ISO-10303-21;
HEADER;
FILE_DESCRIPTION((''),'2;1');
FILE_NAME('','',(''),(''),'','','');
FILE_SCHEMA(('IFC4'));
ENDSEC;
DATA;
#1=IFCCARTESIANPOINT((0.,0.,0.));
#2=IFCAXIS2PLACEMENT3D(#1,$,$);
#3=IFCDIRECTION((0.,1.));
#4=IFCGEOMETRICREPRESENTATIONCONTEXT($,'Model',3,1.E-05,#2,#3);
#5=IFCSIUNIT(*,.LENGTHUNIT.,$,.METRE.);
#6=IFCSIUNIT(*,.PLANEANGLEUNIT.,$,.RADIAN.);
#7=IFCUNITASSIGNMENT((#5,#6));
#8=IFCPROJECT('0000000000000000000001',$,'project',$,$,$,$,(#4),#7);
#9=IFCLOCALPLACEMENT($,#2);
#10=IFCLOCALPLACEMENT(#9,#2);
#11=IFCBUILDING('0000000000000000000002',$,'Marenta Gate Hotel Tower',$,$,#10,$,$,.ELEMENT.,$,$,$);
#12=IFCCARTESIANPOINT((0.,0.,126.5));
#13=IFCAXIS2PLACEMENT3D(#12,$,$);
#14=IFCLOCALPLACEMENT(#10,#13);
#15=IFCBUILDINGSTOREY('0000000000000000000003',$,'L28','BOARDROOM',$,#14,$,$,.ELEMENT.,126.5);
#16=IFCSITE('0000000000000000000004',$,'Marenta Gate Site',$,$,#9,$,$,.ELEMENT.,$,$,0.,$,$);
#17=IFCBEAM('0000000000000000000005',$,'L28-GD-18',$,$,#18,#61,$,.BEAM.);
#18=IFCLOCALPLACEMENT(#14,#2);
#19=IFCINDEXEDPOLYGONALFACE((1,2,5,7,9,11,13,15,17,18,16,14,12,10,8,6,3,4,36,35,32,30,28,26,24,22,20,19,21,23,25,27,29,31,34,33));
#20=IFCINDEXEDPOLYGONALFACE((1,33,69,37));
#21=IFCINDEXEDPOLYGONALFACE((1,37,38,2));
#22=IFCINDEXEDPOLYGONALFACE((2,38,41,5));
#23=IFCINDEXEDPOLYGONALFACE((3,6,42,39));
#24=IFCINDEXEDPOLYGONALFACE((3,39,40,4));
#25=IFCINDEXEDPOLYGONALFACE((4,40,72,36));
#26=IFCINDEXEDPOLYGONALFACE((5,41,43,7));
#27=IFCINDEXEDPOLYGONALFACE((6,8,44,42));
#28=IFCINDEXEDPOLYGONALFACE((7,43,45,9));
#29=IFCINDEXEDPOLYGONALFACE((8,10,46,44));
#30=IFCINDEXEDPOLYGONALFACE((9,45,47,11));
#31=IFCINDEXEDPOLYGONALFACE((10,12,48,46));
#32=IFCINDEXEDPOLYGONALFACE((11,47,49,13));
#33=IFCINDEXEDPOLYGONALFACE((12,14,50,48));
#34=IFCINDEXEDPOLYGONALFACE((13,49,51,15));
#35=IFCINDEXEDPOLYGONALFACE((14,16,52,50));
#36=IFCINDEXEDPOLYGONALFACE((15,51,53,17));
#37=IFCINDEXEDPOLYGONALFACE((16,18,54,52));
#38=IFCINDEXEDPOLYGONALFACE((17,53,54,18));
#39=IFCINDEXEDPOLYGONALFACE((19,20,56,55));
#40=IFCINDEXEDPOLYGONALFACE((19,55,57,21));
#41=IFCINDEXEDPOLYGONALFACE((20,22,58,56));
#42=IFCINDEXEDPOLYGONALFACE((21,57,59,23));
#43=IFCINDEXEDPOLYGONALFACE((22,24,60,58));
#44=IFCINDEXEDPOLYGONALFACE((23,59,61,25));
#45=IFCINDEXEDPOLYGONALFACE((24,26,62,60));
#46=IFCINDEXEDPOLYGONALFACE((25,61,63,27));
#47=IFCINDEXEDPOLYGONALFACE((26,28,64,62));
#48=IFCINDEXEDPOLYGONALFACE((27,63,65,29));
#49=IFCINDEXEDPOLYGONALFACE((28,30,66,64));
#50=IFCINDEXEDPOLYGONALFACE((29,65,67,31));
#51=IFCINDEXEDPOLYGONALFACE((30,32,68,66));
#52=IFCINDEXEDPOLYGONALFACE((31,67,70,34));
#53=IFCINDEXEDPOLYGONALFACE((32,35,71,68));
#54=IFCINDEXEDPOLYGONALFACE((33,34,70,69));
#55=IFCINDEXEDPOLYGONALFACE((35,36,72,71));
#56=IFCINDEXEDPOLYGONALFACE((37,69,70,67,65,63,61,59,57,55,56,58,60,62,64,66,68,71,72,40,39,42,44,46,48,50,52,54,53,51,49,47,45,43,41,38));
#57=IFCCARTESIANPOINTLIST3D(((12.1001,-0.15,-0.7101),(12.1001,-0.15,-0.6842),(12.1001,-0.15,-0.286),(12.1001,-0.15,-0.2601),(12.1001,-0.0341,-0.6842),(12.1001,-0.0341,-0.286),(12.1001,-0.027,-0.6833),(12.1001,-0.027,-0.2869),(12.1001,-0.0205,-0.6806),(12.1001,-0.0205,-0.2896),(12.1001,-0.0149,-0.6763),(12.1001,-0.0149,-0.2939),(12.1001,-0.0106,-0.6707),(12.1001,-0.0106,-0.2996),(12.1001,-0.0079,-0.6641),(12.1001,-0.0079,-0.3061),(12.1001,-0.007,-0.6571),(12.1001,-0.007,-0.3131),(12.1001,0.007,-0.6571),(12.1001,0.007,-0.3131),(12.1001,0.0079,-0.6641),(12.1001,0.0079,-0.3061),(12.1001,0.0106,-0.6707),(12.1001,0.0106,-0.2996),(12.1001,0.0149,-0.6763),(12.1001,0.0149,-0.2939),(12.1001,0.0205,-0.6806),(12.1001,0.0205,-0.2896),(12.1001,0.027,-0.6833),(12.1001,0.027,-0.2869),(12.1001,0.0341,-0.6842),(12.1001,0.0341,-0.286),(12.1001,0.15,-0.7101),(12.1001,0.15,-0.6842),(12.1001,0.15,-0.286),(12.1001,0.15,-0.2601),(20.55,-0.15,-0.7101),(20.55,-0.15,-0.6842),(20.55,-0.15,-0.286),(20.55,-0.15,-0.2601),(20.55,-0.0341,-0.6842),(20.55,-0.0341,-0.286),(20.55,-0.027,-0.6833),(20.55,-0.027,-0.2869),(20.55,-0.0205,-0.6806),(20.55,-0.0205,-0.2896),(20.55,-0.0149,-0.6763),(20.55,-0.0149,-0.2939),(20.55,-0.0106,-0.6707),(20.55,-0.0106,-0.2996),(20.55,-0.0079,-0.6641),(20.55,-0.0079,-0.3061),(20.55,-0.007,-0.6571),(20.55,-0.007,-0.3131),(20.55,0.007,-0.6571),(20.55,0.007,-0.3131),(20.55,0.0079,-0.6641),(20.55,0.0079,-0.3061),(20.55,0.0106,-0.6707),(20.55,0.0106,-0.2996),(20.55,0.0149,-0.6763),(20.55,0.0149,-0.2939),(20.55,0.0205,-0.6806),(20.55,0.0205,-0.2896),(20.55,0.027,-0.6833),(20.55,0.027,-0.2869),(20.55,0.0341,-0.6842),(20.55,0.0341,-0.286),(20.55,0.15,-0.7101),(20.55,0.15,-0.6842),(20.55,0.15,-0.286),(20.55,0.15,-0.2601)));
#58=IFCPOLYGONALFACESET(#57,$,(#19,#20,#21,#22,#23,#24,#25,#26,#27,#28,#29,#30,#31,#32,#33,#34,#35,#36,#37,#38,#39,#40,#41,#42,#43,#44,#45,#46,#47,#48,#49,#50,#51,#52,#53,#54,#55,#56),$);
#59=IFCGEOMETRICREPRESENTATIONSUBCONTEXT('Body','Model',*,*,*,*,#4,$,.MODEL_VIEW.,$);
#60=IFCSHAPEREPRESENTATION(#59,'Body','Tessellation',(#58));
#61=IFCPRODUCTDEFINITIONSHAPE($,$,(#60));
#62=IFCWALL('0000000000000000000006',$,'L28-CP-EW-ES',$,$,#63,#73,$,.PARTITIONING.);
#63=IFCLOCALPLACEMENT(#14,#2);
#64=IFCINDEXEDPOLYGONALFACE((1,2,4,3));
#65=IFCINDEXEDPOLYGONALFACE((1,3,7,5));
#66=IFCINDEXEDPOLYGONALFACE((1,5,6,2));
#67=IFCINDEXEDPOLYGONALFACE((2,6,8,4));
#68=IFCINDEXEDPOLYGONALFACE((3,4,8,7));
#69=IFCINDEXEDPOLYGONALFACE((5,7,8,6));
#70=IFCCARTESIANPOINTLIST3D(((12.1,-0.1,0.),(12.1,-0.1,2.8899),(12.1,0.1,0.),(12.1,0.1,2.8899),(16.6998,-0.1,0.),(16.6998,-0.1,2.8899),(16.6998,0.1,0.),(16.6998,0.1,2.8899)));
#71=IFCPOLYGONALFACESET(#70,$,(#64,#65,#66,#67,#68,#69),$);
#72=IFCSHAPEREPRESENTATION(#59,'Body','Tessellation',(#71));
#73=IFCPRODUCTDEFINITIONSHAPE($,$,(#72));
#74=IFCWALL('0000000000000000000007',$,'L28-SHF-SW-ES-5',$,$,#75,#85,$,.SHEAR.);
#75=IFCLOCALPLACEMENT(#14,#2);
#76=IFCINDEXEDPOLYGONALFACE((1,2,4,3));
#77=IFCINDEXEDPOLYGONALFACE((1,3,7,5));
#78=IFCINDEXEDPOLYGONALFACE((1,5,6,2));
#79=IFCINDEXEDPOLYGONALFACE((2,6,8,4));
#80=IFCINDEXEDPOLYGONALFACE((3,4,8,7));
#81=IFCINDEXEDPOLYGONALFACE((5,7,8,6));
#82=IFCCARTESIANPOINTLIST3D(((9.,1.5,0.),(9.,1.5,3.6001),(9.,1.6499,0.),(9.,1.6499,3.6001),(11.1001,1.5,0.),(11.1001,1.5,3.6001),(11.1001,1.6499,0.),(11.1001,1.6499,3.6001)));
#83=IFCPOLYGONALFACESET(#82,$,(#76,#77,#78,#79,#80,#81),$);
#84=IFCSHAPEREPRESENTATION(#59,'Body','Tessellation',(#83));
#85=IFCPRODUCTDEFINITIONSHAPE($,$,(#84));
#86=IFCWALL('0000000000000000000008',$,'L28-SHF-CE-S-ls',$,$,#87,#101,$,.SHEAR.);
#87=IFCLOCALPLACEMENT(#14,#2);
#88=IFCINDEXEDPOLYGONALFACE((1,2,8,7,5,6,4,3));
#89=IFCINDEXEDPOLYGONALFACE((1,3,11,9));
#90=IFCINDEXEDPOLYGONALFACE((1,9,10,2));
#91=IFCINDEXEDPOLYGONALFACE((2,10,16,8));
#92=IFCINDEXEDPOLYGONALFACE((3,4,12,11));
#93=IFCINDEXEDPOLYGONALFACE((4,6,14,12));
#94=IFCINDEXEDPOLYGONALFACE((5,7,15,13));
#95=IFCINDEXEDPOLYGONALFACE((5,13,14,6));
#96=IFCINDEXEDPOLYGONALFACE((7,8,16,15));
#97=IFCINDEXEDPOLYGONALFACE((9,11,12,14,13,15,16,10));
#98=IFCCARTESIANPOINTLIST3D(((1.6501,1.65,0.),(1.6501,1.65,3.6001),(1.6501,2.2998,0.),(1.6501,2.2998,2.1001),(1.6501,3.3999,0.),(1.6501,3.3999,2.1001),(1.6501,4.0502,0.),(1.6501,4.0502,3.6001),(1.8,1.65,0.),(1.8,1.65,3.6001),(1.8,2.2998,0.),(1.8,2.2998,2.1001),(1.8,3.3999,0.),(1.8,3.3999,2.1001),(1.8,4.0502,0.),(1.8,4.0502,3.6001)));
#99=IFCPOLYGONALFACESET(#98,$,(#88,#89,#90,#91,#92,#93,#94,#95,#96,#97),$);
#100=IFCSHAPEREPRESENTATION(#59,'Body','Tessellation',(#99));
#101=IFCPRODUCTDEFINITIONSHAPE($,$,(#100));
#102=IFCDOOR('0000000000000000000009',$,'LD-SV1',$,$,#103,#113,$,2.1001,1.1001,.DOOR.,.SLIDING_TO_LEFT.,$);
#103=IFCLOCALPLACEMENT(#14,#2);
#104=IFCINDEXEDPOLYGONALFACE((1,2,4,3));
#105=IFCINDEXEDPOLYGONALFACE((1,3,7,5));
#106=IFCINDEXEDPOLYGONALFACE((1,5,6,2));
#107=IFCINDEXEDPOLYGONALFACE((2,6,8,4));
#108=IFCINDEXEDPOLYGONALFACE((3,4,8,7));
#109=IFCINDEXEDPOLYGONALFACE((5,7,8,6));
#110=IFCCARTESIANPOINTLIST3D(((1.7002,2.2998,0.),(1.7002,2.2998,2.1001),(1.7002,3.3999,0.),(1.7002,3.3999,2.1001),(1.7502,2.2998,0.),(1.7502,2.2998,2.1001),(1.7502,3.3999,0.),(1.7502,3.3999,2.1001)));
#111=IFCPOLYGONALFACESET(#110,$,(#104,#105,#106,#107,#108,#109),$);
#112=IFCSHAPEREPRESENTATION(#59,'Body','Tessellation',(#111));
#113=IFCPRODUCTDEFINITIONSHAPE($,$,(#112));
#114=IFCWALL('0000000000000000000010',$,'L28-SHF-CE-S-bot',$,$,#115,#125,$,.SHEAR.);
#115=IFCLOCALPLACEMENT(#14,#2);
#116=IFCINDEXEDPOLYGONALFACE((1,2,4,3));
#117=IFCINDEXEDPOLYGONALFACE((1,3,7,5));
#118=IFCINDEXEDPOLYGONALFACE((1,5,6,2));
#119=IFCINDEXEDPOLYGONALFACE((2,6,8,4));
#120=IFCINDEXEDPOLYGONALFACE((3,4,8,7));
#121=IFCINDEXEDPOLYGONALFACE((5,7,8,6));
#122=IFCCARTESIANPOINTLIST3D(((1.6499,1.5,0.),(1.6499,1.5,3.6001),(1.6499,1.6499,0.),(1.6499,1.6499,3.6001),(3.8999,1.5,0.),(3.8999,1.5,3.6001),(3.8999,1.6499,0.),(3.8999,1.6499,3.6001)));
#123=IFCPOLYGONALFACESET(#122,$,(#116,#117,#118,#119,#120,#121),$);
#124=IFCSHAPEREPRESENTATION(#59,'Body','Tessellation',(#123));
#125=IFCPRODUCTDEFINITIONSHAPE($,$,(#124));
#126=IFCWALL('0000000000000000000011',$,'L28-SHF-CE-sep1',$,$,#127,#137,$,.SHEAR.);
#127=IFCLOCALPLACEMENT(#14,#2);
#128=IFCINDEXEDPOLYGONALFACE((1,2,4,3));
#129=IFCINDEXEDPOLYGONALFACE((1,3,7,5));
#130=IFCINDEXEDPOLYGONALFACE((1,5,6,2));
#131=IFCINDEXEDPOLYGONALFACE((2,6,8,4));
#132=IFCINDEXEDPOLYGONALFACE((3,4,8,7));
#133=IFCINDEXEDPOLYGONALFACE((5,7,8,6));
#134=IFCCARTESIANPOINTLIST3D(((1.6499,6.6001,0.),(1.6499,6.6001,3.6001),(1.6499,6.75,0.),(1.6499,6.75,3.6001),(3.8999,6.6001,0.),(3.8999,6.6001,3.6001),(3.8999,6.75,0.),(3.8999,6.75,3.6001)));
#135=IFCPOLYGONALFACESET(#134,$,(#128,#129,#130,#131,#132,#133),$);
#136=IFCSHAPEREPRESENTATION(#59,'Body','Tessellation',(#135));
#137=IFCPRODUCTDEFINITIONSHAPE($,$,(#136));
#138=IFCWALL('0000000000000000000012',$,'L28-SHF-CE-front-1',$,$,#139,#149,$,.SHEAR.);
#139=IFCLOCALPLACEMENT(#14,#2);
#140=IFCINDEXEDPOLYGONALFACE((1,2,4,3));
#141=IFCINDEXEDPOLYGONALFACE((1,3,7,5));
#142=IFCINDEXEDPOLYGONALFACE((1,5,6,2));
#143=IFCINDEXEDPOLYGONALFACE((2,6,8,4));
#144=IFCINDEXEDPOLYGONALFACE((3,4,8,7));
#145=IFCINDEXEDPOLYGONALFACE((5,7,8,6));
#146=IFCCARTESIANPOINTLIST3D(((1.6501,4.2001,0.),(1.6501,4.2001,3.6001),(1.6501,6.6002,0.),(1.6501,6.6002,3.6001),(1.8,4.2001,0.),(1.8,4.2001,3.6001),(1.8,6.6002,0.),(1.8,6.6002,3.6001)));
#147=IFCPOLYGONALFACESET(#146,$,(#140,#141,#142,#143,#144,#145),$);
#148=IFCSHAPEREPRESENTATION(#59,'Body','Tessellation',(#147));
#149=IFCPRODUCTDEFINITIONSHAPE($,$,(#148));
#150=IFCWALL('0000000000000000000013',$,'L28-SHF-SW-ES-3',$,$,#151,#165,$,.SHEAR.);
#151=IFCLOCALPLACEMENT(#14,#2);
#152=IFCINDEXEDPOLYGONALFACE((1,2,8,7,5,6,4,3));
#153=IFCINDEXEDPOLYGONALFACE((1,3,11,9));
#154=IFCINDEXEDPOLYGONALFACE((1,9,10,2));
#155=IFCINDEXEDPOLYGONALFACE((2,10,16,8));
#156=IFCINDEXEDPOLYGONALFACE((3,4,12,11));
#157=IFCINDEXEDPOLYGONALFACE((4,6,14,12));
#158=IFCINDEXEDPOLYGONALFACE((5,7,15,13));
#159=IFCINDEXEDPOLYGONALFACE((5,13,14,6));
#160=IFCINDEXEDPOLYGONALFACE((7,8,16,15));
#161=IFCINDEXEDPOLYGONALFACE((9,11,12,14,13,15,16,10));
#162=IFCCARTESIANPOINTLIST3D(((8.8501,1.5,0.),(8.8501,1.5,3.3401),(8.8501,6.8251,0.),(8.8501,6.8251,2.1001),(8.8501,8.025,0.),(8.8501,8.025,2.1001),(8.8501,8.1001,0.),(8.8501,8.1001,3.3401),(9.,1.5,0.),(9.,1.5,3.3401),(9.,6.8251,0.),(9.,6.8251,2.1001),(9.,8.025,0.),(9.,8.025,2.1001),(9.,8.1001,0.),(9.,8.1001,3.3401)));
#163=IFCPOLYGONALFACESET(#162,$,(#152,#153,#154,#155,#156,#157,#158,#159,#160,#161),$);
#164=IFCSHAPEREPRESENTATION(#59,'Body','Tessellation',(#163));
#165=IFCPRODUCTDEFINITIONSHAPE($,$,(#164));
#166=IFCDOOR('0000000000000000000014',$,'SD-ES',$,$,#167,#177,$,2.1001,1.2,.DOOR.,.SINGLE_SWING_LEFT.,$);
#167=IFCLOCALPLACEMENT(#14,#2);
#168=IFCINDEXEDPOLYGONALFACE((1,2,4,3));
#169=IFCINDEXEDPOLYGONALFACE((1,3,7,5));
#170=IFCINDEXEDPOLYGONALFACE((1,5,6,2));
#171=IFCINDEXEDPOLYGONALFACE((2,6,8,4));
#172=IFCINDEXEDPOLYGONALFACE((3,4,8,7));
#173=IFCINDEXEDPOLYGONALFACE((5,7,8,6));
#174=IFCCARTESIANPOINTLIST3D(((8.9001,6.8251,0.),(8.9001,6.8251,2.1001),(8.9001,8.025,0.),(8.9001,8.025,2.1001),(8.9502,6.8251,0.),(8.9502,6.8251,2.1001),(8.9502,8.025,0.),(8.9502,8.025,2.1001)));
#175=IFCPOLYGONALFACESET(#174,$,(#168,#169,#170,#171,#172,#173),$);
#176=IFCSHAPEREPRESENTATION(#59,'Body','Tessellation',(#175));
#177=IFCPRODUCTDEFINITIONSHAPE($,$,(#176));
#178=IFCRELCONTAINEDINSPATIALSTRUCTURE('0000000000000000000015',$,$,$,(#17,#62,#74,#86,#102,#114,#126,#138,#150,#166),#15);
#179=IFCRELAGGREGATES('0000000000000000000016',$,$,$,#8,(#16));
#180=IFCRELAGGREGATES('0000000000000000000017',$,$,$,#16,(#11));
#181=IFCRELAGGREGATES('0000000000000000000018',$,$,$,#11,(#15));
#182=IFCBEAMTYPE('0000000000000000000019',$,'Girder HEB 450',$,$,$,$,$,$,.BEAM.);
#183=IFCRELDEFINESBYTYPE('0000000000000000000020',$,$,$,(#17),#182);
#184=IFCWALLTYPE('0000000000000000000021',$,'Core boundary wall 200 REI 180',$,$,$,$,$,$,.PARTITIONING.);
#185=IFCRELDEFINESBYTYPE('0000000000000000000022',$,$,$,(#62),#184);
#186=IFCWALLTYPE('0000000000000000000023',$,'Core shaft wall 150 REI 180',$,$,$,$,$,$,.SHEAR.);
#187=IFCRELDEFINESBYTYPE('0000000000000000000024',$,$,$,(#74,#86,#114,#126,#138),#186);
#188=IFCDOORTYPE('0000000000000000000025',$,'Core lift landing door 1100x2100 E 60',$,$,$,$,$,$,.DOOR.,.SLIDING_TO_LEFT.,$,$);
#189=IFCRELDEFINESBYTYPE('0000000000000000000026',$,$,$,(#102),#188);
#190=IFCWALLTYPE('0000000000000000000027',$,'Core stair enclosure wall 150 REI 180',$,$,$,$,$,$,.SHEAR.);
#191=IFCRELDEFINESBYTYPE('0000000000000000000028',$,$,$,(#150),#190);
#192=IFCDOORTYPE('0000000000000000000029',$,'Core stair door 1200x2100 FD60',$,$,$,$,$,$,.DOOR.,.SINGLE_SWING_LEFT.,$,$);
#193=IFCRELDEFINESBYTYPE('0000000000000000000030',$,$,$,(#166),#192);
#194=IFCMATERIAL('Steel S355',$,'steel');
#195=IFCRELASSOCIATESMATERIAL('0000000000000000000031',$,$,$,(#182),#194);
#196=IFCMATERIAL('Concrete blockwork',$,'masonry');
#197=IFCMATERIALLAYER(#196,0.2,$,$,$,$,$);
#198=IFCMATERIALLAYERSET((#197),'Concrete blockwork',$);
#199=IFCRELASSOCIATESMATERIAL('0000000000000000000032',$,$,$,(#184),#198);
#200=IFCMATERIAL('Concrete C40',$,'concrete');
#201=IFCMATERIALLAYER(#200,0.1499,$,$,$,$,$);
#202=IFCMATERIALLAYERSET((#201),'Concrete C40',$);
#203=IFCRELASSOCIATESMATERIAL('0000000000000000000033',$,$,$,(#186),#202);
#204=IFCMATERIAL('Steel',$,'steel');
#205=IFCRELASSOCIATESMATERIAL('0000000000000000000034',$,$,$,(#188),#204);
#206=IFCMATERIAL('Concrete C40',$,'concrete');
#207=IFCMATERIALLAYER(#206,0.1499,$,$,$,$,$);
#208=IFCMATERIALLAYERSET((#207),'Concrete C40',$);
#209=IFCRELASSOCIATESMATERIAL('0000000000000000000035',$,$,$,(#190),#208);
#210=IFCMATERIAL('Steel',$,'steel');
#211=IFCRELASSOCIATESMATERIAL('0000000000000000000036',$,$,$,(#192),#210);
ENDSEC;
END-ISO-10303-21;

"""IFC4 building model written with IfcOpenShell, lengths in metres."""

from ifc_helpers import new_model, si_unit, direction, frame, frame_2d, origin, origin_2d, place, context, subcontext, project, spatial, rectangle, i_section, extrude, material, layer, layer_set, material_profile, profile_set, type_object, element, fill, save


model = new_model("IFC4")

# Units and contexts
model_context = context("Model", 3, precision=1e-05, world=origin(), true_north=direction((0.0, 1.0)))
body_context = subcontext(model_context, "Body", "Model", "MODEL_VIEW")
ifc_project = project(units=[si_unit("LENGTHUNIT", "METRE"), si_unit("PLANEANGLEUNIT", "RADIAN")], contexts=[model_context])

# Site, building, storey
site_placement = place(None, origin())
site = spatial("IfcSite", under=ifc_project, at=site_placement, Name="Marenta Gate Site", CompositionType="ELEMENT", RefElevation=0.0)
building_placement = place(site_placement, origin())
building = spatial("IfcBuilding", under=site, at=building_placement, Name="Marenta Gate Hotel Tower", CompositionType="ELEMENT")
storey_placement = place(building_placement, frame((0.0, 0.0, 126.5)))
storey = spatial("IfcBuildingStorey", under=building, at=storey_placement, Name="L28", Description="BOARDROOM", CompositionType="ELEMENT", Elevation=126.5)

# Beam
ifc_material_1 = material(Name="Steel S355", Category="steel")
ifc_material_profile = material_profile(ifc_material_1, i_section(OverallWidth=0.3, OverallDepth=0.45, WebThickness=0.0139, FlangeThickness=0.0259, FilletRadius=0.0271, at=origin_2d()), Name="HEB 450")
ifc_profile_set = profile_set([ifc_material_profile], Name="Steel S355")
beam_type = type_object("IfcBeamType", Name="Girder HEB 450", PredefinedType="BEAM", material=ifc_profile_set)
beam_placement = place(storey_placement, frame((12.1001, 0.0, -0.4851), z_axis=(1.0, 0.0, 0.0), x_axis=(0.0, 1.0, 0.0)))
element("IfcBeam", 1, at=beam_placement, inside=storey, type_object=beam_type, Name="L28-GD-18", PredefinedType="BEAM", context=body_context, shape_type="SweptSolid", body=[
    extrude(i_section(OverallWidth=0.3, OverallDepth=0.45, WebThickness=0.0139, FlangeThickness=0.0259, FilletRadius=0.0271, at=origin_2d()), origin(), (0.0, 0.0, 1.0), 8.45),
])

# Walls
ifc_material_2 = material(Name="Concrete blockwork", Category="masonry")
ifc_layer_1 = layer(ifc_material_2, 0.2)
ifc_layer_set_1 = layer_set([ifc_layer_1], Name="Concrete blockwork")
wall_type_1 = type_object("IfcWallType", Name="Core boundary wall 200 REI 180", PredefinedType="PARTITIONING", material=ifc_layer_set_1)
wall_1_placement = place(storey_placement, frame((12.1001, 0.0, 0.0), z_axis=(0.0, 0.0, 1.0), x_axis=(1.0, 0.0, 0.0)))
element("IfcWall", 2, at=wall_1_placement, inside=storey, type_object=wall_type_1, Name="L28-CP-EW-ES", PredefinedType="PARTITIONING", context=body_context, shape_type="SweptSolid", body=[
    extrude(rectangle(XDim=4.5999, YDim=0.2, at=frame_2d((2.2998, 0.0))), origin(), (0.0, 0.0, 1.0), 2.8899),
])
ifc_material_3 = material(Name="Concrete C40", Category="concrete")
ifc_layer_2 = layer(ifc_material_3, 0.1499)
ifc_layer_set_2 = layer_set([ifc_layer_2], Name="Concrete C40")
wall_type_2 = type_object("IfcWallType", Name="Core shaft wall 150 REI 180", PredefinedType="SHEAR", material=ifc_layer_set_2)
wall_2_placement = place(storey_placement, frame((9.0, 1.575, 0.0), z_axis=(0.0, 0.0, 1.0), x_axis=(1.0, 0.0, 0.0)))
element("IfcWall", 3, at=wall_2_placement, inside=storey, type_object=wall_type_2, Name="L28-SHF-SW-ES-5", PredefinedType="SHEAR", context=body_context, shape_type="SweptSolid", body=[
    extrude(rectangle(XDim=2.1001, YDim=0.1499, at=frame_2d((1.05, 0.0))), origin(), (0.0, 0.0, 1.0), 3.6001),
])

# Wall, opening, door
wall_3_placement = place(storey_placement, frame((1.7251, 1.6499, 0.0), z_axis=(0.0, 0.0, 1.0), x_axis=(0.0, 1.0, 0.0)))
wall_3 = element("IfcWall", 4, at=wall_3_placement, inside=storey, type_object=wall_type_2, Name="L28-SHF-CE-S-ls", PredefinedType="SHEAR", context=body_context, shape_type="SweptSolid", body=[
    extrude(rectangle(XDim=2.4001, YDim=0.1499, at=frame_2d((1.2002, 0.0))), origin(), (0.0, 0.0, 1.0), 3.6001),
])
opening_1_placement = place(wall_3_placement, frame((0.6499, 0.0, 0.0)))
opening_1 = element("IfcOpeningElement", 5, at=opening_1_placement, cuts=wall_3, PredefinedType="OPENING", context=body_context, shape_type="SweptSolid", body=[
    extrude(rectangle(XDim=1.1001, YDim=2.1001, at=frame_2d((0.55, 1.05))), frame((0.0, 0.075, 0.0), z_axis=(0.0, -1.0, 0.0), x_axis=(1.0, 0.0, 0.0)), (0.0, 0.0, 1.0), 0.1499),
])
ifc_material_4 = material(Name="Steel", Category="steel")
door_type_1 = type_object("IfcDoorType", Name="Core lift landing door 1100x2100 E 60", OperationType="SLIDING_TO_LEFT", PredefinedType="DOOR", material=ifc_material_4)
door_1_placement = place(opening_1_placement, origin())
door_1 = element("IfcDoor", 6, at=door_1_placement, inside=storey, type_object=door_type_1, Name="LD-SV1", OperationType="SLIDING_TO_LEFT", OverallHeight=2.1001, OverallWidth=1.1001, PredefinedType="DOOR", context=body_context, shape_type="SweptSolid", body=[
    extrude(rectangle(XDim=1.1001, YDim=2.1001, at=frame_2d((0.55, 1.05))), frame((0.0, 0.0249, 0.0), z_axis=(0.0, -1.0, 0.0), x_axis=(1.0, 0.0, 0.0)), (0.0, 0.0, 1.0), 0.05),
])
fill(opening_1, door_1)

# Walls
for number, where, z_axis, x_axis, name in (
    (7, (1.6499, 1.575, 0.0), (0.0, 0.0, 1.0), (1.0, 0.0, 0.0), "L28-SHF-CE-S-bot"),
    (8, (1.6499, 6.675, 0.0), (0.0, 0.0, 1.0), (1.0, 0.0, 0.0), "L28-SHF-CE-sep1"),
):
    element("IfcWall", number, at=place(storey_placement, frame(where, z_axis=z_axis, x_axis=x_axis)), inside=storey, type_object=wall_type_2, Name=name, PredefinedType="SHEAR", context=body_context, shape_type="SweptSolid", body=[
        extrude(rectangle(XDim=2.25, YDim=0.1499, at=frame_2d((1.125, 0.0))), origin(), (0.0, 0.0, 1.0), 3.6001),
    ])
wall_4_placement = place(storey_placement, frame((1.7251, 4.2, 0.0), z_axis=(0.0, 0.0, 1.0), x_axis=(0.0, 1.0, 0.0)))
element("IfcWall", 9, at=wall_4_placement, inside=storey, type_object=wall_type_2, Name="L28-SHF-CE-front-1", PredefinedType="SHEAR", context=body_context, shape_type="SweptSolid", body=[
    extrude(rectangle(XDim=2.4001, YDim=0.1499, at=frame_2d((1.2002, 0.0))), origin(), (0.0, 0.0, 1.0), 3.6001),
])

# Wall, opening, door
ifc_material_5 = material(Name="Concrete C40", Category="concrete")
ifc_layer_3 = layer(ifc_material_5, 0.1499)
ifc_layer_set_3 = layer_set([ifc_layer_3], Name="Concrete C40")
wall_type_3 = type_object("IfcWallType", Name="Core stair enclosure wall 150 REI 180", PredefinedType="SHEAR", material=ifc_layer_set_3)
wall_5_placement = place(storey_placement, frame((8.925, 1.5, 0.0), z_axis=(0.0, 0.0, 1.0), x_axis=(0.0, 1.0, 0.0)))
wall_5 = element("IfcWall", 10, at=wall_5_placement, inside=storey, type_object=wall_type_3, Name="L28-SHF-SW-ES-3", PredefinedType="SHEAR", context=body_context, shape_type="SweptSolid", body=[
    extrude(rectangle(XDim=6.6001, YDim=0.1499, at=frame_2d((3.3, 0.0))), origin(), (0.0, 0.0, 1.0), 3.3401),
])
opening_2_placement = place(wall_5_placement, frame((5.325, 0.0, 0.0)))
opening_2 = element("IfcOpeningElement", 11, at=opening_2_placement, cuts=wall_5, PredefinedType="OPENING", context=body_context, shape_type="SweptSolid", body=[
    extrude(rectangle(XDim=1.2, YDim=2.1001, at=frame_2d((0.6001, 1.05))), frame((0.0, 0.075, 0.0), z_axis=(0.0, -1.0, 0.0), x_axis=(1.0, 0.0, 0.0)), (0.0, 0.0, 1.0), 0.1499),
])
ifc_material_6 = material(Name="Steel", Category="steel")
door_type_2 = type_object("IfcDoorType", Name="Core stair door 1200x2100 FD60", OperationType="SINGLE_SWING_LEFT", PredefinedType="DOOR", material=ifc_material_6)
door_2_placement = place(opening_2_placement, origin())
door_2 = element("IfcDoor", 12, at=door_2_placement, inside=storey, type_object=door_type_2, Name="SD-ES", OperationType="SINGLE_SWING_LEFT", OverallHeight=2.1001, OverallWidth=1.2, PredefinedType="DOOR", context=body_context, shape_type="SweptSolid", body=[
    extrude(rectangle(XDim=1.2, YDim=2.1001, at=frame_2d((0.6001, 1.05))), frame((0.0, 0.0249, 0.0), z_axis=(0.0, -1.0, 0.0), x_axis=(1.0, 0.0, 0.0)), (0.0, 0.0, 1.0), 0.05),
])
fill(opening_2, door_2)

save(model, "model.ifc")
